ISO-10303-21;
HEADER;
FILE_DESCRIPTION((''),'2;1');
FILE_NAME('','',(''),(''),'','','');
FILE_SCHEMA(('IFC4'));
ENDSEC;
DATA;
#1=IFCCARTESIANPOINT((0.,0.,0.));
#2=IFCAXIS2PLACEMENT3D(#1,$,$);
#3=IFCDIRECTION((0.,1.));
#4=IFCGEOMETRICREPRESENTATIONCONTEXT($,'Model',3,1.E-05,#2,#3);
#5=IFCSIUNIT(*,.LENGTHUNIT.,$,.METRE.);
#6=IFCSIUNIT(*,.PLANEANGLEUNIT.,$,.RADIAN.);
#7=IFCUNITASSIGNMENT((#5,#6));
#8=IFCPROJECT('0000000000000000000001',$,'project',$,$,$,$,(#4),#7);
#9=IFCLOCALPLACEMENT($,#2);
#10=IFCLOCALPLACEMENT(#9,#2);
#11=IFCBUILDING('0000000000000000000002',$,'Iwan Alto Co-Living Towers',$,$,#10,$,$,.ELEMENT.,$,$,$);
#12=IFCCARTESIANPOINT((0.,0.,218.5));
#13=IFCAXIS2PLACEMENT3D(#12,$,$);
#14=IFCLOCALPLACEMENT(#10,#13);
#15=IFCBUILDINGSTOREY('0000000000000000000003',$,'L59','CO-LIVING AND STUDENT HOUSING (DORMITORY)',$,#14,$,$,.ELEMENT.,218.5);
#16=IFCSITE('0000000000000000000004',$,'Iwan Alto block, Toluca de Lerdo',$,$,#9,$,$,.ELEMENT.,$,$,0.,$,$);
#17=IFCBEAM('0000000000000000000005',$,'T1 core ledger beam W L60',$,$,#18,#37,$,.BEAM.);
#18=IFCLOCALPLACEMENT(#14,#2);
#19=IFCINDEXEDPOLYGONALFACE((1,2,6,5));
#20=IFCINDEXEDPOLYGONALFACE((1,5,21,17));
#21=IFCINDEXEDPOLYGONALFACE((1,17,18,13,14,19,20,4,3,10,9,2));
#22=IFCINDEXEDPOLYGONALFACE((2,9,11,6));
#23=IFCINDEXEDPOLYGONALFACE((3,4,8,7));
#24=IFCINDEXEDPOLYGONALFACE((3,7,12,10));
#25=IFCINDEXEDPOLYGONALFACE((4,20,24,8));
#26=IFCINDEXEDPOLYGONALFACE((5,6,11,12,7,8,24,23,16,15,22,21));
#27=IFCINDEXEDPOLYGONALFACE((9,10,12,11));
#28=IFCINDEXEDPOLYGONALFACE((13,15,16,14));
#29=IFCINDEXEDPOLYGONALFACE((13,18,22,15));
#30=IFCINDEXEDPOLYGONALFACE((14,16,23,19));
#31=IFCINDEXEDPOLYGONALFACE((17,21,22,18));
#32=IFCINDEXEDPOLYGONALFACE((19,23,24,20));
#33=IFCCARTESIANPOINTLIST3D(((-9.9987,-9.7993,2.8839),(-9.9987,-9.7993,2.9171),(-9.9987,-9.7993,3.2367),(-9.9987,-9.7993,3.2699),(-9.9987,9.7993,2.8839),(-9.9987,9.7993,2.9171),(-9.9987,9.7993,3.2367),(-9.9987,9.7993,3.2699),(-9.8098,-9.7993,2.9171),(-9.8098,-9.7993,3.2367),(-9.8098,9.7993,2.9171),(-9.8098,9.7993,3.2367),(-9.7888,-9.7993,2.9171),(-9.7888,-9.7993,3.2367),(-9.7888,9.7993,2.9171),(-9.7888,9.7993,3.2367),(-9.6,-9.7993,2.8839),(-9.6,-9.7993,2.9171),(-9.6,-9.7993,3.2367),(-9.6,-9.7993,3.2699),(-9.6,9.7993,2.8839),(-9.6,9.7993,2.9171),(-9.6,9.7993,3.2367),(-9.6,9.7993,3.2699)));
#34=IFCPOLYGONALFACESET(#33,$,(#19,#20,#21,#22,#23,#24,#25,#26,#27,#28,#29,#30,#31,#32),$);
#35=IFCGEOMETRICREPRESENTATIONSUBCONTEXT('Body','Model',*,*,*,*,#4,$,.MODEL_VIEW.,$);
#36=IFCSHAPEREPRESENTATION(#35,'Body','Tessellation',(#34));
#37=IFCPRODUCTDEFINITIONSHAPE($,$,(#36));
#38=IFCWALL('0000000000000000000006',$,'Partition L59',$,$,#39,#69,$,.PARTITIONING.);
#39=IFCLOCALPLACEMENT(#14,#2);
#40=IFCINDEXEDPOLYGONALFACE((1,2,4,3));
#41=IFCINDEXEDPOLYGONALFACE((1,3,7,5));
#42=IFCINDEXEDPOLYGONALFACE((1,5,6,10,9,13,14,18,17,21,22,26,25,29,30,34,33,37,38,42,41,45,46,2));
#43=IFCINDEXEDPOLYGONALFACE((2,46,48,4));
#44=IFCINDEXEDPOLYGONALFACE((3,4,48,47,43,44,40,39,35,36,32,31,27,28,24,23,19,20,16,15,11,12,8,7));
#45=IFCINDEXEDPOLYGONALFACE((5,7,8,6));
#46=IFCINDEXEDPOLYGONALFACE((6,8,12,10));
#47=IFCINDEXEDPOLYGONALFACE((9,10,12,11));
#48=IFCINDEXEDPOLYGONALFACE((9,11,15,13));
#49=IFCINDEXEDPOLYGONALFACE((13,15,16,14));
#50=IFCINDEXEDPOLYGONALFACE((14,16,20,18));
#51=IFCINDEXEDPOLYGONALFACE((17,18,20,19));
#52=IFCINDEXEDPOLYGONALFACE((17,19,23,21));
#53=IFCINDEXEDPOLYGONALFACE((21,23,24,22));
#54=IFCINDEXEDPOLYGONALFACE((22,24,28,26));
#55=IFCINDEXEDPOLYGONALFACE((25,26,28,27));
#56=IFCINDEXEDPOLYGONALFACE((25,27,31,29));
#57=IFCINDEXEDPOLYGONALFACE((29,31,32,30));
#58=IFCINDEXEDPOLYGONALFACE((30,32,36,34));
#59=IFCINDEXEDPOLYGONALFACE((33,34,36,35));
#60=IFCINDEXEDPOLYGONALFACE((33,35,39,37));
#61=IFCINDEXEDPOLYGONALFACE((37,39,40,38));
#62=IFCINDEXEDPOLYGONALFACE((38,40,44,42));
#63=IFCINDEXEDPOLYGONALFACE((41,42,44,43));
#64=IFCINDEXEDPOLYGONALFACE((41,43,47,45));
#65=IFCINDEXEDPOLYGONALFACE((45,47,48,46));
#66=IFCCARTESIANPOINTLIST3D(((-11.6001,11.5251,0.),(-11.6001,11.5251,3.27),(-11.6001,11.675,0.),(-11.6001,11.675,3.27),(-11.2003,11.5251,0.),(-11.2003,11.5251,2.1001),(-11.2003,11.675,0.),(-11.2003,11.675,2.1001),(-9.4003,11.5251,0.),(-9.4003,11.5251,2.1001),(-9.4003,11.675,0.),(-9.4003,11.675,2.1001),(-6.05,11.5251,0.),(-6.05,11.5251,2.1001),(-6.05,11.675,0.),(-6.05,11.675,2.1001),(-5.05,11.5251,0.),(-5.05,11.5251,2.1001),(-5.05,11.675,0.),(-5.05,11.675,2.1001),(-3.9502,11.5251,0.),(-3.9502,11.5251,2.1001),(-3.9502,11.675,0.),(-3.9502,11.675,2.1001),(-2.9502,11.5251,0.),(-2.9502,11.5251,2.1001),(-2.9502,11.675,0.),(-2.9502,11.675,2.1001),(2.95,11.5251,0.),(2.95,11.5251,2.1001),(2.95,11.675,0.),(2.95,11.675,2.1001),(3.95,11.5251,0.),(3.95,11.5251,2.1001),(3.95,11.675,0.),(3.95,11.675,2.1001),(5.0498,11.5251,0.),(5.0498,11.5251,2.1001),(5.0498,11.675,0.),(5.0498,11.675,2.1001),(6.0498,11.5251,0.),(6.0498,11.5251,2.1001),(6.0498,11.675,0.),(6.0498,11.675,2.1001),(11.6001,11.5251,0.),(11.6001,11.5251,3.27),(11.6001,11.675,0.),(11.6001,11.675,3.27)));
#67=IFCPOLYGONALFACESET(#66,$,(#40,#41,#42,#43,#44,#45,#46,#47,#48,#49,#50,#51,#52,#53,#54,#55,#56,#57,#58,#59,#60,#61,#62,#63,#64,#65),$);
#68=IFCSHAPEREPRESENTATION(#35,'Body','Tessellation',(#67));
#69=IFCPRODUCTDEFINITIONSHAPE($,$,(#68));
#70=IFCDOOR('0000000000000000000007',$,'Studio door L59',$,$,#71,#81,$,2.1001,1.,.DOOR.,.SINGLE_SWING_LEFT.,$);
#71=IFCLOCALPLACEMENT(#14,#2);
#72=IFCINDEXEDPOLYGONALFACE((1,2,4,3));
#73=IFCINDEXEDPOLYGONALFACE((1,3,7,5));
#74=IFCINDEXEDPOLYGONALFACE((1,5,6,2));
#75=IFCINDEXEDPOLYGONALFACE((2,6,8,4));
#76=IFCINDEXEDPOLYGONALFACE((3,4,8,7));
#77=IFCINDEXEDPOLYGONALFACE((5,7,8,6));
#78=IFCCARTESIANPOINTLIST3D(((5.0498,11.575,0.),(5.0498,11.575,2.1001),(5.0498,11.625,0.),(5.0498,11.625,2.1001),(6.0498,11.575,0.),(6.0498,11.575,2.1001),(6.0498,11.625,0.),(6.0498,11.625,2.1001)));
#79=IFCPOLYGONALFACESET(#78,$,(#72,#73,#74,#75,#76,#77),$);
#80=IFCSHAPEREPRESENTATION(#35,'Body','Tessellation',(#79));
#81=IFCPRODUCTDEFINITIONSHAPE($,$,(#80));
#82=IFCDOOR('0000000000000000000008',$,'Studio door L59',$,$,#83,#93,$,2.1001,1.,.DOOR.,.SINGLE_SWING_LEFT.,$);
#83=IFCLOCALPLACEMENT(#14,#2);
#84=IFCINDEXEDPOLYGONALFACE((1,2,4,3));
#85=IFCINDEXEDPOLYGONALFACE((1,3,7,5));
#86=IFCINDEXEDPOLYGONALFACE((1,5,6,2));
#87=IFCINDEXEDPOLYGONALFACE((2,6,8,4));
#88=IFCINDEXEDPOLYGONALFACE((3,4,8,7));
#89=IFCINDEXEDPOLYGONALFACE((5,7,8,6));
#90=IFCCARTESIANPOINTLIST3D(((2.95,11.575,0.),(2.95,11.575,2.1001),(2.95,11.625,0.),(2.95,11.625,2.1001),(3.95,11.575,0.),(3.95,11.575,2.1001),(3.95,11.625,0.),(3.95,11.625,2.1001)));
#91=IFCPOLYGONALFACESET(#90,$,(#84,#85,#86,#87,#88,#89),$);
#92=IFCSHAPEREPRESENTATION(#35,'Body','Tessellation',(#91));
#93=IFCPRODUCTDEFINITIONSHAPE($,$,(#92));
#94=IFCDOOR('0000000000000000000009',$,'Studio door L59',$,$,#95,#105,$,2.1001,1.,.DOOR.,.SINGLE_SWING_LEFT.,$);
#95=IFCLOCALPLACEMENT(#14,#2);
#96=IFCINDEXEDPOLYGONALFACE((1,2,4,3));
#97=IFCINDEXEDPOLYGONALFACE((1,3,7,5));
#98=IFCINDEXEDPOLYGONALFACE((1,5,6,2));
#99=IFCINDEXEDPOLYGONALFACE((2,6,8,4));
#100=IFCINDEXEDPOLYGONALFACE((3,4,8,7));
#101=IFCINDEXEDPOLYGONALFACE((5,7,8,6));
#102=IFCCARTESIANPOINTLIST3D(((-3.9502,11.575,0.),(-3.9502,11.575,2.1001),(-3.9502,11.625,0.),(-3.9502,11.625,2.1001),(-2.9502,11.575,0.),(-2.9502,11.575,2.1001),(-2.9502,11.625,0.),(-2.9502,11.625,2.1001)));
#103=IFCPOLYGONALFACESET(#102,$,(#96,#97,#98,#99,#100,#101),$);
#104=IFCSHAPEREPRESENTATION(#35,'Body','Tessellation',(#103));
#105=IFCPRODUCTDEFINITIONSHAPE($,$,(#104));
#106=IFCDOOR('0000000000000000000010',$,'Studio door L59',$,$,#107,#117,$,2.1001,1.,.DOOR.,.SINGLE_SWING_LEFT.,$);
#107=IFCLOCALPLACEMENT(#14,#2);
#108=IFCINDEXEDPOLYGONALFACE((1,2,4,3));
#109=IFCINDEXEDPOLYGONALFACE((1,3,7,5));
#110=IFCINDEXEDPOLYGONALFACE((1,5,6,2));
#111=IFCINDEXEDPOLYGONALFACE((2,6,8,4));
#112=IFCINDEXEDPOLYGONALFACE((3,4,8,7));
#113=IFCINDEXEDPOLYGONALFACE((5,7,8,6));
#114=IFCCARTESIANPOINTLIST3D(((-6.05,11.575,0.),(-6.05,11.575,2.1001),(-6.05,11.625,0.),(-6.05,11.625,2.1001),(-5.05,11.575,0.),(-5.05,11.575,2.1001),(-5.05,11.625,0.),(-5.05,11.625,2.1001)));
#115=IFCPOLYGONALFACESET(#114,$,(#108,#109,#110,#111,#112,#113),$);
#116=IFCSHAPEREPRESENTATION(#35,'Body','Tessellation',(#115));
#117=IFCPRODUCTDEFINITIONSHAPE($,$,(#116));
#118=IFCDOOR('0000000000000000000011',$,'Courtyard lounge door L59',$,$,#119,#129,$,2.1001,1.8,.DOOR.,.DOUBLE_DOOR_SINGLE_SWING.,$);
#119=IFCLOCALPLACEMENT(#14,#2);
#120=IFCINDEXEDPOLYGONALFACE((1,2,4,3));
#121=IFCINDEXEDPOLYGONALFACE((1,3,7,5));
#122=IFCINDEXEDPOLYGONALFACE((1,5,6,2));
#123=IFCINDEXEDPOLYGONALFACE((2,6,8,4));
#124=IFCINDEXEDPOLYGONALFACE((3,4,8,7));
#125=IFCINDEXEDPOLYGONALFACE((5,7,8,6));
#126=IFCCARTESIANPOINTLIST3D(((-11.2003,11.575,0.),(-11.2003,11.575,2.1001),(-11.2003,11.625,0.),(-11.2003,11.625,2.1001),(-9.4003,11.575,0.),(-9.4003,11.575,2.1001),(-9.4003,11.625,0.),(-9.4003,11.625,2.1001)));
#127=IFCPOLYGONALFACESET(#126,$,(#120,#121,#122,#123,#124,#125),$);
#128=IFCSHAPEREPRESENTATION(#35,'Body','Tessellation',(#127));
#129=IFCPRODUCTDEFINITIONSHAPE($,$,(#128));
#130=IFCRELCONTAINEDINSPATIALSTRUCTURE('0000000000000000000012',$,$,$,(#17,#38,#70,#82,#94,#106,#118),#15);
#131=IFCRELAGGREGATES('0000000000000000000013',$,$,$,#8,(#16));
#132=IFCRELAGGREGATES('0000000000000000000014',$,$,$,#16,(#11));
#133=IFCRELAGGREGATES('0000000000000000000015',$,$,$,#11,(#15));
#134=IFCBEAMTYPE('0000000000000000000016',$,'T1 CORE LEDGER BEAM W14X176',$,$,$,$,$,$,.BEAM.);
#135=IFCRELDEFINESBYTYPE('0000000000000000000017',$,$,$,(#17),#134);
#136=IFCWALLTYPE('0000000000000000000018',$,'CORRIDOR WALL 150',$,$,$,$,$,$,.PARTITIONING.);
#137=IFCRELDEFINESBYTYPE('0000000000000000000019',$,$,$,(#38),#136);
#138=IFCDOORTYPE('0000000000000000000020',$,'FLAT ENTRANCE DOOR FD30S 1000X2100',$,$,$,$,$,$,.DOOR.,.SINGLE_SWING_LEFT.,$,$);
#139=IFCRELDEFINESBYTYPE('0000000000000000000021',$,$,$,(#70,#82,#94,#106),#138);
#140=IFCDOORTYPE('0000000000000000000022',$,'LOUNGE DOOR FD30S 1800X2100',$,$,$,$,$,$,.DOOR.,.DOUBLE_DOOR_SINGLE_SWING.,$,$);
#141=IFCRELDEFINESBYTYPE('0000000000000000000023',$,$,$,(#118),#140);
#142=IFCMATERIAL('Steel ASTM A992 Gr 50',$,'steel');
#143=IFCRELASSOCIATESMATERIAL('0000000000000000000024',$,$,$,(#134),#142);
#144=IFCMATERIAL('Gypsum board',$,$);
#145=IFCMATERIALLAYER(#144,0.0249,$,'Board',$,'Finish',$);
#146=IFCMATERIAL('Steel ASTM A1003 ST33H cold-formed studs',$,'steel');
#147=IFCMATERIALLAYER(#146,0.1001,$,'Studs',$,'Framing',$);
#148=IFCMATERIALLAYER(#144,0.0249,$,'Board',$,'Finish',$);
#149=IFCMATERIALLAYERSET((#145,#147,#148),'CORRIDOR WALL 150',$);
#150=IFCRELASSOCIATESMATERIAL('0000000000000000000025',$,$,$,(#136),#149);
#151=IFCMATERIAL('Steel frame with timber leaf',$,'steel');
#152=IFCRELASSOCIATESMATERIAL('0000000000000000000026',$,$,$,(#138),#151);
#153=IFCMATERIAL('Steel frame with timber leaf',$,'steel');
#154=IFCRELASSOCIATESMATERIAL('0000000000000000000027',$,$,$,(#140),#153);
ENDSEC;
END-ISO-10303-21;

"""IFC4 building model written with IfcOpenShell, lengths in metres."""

from ifc_helpers import new_model, si_unit, direction, frame, frame_2d, origin, origin_2d, place, context, subcontext, project, spatial, rectangle, i_section, extrude, material, layer, layer_set, material_profile, profile_set, type_object, element, fill, save


model = new_model("IFC4")

# Units and contexts
model_context = context("Model", 3, precision=1e-05, world=origin(), true_north=direction((0.0, 1.0)))
body_context = subcontext(model_context, "Body", "Model", "MODEL_VIEW")
ifc_project = project(units=[si_unit("LENGTHUNIT", "METRE"), si_unit("PLANEANGLEUNIT", "RADIAN")], contexts=[model_context])

# Site, building, storey
site_placement = place(None, origin())
site = spatial("IfcSite", under=ifc_project, at=site_placement, Name="Iwan Alto block, Toluca de Lerdo", CompositionType="ELEMENT", RefElevation=0.0)
building_placement = place(site_placement, origin())
building = spatial("IfcBuilding", under=site, at=building_placement, Name="Iwan Alto Co-Living Towers", CompositionType="ELEMENT")
storey_placement = place(building_placement, frame((0.0, 0.0, 218.5)))
storey = spatial("IfcBuildingStorey", under=building, at=storey_placement, Name="L59", Description="CO-LIVING AND STUDENT HOUSING (DORMITORY)", CompositionType="ELEMENT", Elevation=218.5)

# Beam
ifc_material_1 = material(Name="Steel ASTM A992 Gr 50", Category="steel")
ifc_material_profile = material_profile(ifc_material_1, i_section(OverallWidth=0.3987, OverallDepth=0.386, WebThickness=0.021, FlangeThickness=0.0332, at=origin_2d()), Name="W14X176")
ifc_profile_set = profile_set([ifc_material_profile], Name="Steel ASTM A992 Gr 50")
beam_type = type_object("IfcBeamType", Name="T1 CORE LEDGER BEAM W14X176", PredefinedType="BEAM", material=ifc_profile_set)
beam_placement = place(storey_placement, frame((-9.7993, 9.7993, 3.0769), z_axis=(0.0, -1.0, 0.0), x_axis=(1.0, 0.0, 0.0)))
element("IfcBeam", 1, at=beam_placement, inside=storey, type_object=beam_type, Name="T1 core ledger beam W L60", PredefinedType="BEAM", context=body_context, shape_type="SweptSolid", body=[
    extrude(i_section(OverallWidth=0.3987, OverallDepth=0.386, WebThickness=0.021, FlangeThickness=0.0332, at=origin_2d()), origin(), (0.0, 0.0, 1.0), 19.5986),
])

# Wall, openings, doors
ifc_material_2 = material(Name="Gypsum board")
ifc_layer_1 = layer(ifc_material_2, 0.0249, Name="Board", Category="Finish")
ifc_material_3 = material(Name="Steel ASTM A1003 ST33H cold-formed studs", Category="steel")
ifc_layer_2 = layer(ifc_material_3, 0.1001, Name="Studs", Category="Framing")
ifc_layer_3 = layer(ifc_material_2, 0.0249, Name="Board", Category="Finish")
ifc_layer_set_1 = layer_set([ifc_layer_1, ifc_layer_2, ifc_layer_3], Name="CORRIDOR WALL 150")
wall_type_1 = type_object("IfcWallType", Name="CORRIDOR WALL 150", PredefinedType="PARTITIONING", material=ifc_layer_set_1)
wall_1_placement = place(storey_placement, frame((-11.6001, 11.6001, 0.0), z_axis=(0.0, 0.0, 1.0), x_axis=(1.0, 0.0, 0.0)))
wall_1 = element("IfcWall", 2, at=wall_1_placement, inside=storey, type_object=wall_type_1, Name="Partition L59", PredefinedType="PARTITIONING", context=body_context, shape_type="SweptSolid", body=[
    extrude(rectangle(XDim=23.2002, YDim=0.1499, at=frame_2d((11.6001, 0.0))), origin(), (0.0, 0.0, 1.0), 3.27),
])
opening_1_placement = place(wall_1_placement, frame((16.6499, 0.0, 0.0)))
opening_1 = element("IfcOpeningElement", 3, at=opening_1_placement, cuts=wall_1, PredefinedType="OPENING", context=body_context, shape_type="SweptSolid", body=[
    extrude(rectangle(XDim=1.0, YDim=2.1001, at=frame_2d((0.5, 1.05))), frame((0.0, 0.085, 0.0), z_axis=(0.0, -1.0, 0.0), x_axis=(1.0, 0.0, 0.0)), (0.0, 0.0, 1.0), 0.1699),
])
opening_2_placement = place(wall_1_placement, frame((14.55, 0.0, 0.0)))
opening_2 = element("IfcOpeningElement", 4, at=opening_2_placement, cuts=wall_1, PredefinedType="OPENING", context=body_context, shape_type="SweptSolid", body=[
    extrude(rectangle(XDim=1.0, YDim=2.1001, at=frame_2d((0.5, 1.05))), frame((0.0, 0.085, 0.0), z_axis=(0.0, -1.0, 0.0), x_axis=(1.0, 0.0, 0.0)), (0.0, 0.0, 1.0), 0.1699),
])
opening_3_placement = place(wall_1_placement, frame((7.6499, 0.0, 0.0)))
opening_3 = element("IfcOpeningElement", 5, at=opening_3_placement, cuts=wall_1, PredefinedType="OPENING", context=body_context, shape_type="SweptSolid", body=[
    extrude(rectangle(XDim=1.0, YDim=2.1001, at=frame_2d((0.5, 1.05))), frame((0.0, 0.085, 0.0), z_axis=(0.0, -1.0, 0.0), x_axis=(1.0, 0.0, 0.0)), (0.0, 0.0, 1.0), 0.1699),
])
opening_4_placement = place(wall_1_placement, frame((5.55, 0.0, 0.0)))
opening_4 = element("IfcOpeningElement", 6, at=opening_4_placement, cuts=wall_1, PredefinedType="OPENING", context=body_context, shape_type="SweptSolid", body=[
    extrude(rectangle(XDim=1.0, YDim=2.1001, at=frame_2d((0.5, 1.05))), frame((0.0, 0.085, 0.0), z_axis=(0.0, -1.0, 0.0), x_axis=(1.0, 0.0, 0.0)), (0.0, 0.0, 1.0), 0.1699),
])
opening_5_placement = place(wall_1_placement, frame((0.3999, 0.0, 0.0)))
opening_5 = element("IfcOpeningElement", 7, at=opening_5_placement, cuts=wall_1, PredefinedType="OPENING", context=body_context, shape_type="SweptSolid", body=[
    extrude(rectangle(XDim=1.8, YDim=2.1001, at=frame_2d((0.8999, 1.05))), frame((0.0, 0.085, 0.0), z_axis=(0.0, -1.0, 0.0), x_axis=(1.0, 0.0, 0.0)), (0.0, 0.0, 1.0), 0.1699),
])
ifc_material_4 = material(Name="Steel frame with timber leaf", Category="steel")
door_type_1 = type_object("IfcDoorType", Name="FLAT ENTRANCE DOOR FD30S 1000X2100", OperationType="SINGLE_SWING_LEFT", PredefinedType="DOOR", material=ifc_material_4)
door_1_placement = place(opening_1_placement, origin())
door_1 = element("IfcDoor", 8, at=door_1_placement, inside=storey, type_object=door_type_1, Name="Studio door L59", OperationType="SINGLE_SWING_LEFT", OverallHeight=2.1001, OverallWidth=1.0, PredefinedType="DOOR", context=body_context, shape_type="SweptSolid", body=[
    extrude(rectangle(XDim=1.0, YDim=2.1001, at=frame_2d((0.5, 1.05))), frame((0.0, 0.0249, 0.0), z_axis=(0.0, -1.0, 0.0), x_axis=(1.0, 0.0, 0.0)), (0.0, 0.0, 1.0), 0.05),
])
fill(opening_1, door_1)
door_2_placement = place(opening_2_placement, origin())
door_2 = element("IfcDoor", 9, at=door_2_placement, inside=storey, type_object=door_type_1, Name="Studio door L59", OperationType="SINGLE_SWING_LEFT", OverallHeight=2.1001, OverallWidth=1.0, PredefinedType="DOOR", context=body_context, shape_type="SweptSolid", body=[
    extrude(rectangle(XDim=1.0, YDim=2.1001, at=frame_2d((0.5, 1.05))), frame((0.0, 0.0249, 0.0), z_axis=(0.0, -1.0, 0.0), x_axis=(1.0, 0.0, 0.0)), (0.0, 0.0, 1.0), 0.05),
])
fill(opening_2, door_2)
door_3_placement = place(opening_3_placement, origin())
door_3 = element("IfcDoor", 10, at=door_3_placement, inside=storey, type_object=door_type_1, Name="Studio door L59", OperationType="SINGLE_SWING_LEFT", OverallHeight=2.1001, OverallWidth=1.0, PredefinedType="DOOR", context=body_context, shape_type="SweptSolid", body=[
    extrude(rectangle(XDim=1.0, YDim=2.1001, at=frame_2d((0.5, 1.05))), frame((0.0, 0.0249, 0.0), z_axis=(0.0, -1.0, 0.0), x_axis=(1.0, 0.0, 0.0)), (0.0, 0.0, 1.0), 0.05),
])
fill(opening_3, door_3)
door_4_placement = place(opening_4_placement, origin())
door_4 = element("IfcDoor", 11, at=door_4_placement, inside=storey, type_object=door_type_1, Name="Studio door L59", OperationType="SINGLE_SWING_LEFT", OverallHeight=2.1001, OverallWidth=1.0, PredefinedType="DOOR", context=body_context, shape_type="SweptSolid", body=[
    extrude(rectangle(XDim=1.0, YDim=2.1001, at=frame_2d((0.5, 1.05))), frame((0.0, 0.0249, 0.0), z_axis=(0.0, -1.0, 0.0), x_axis=(1.0, 0.0, 0.0)), (0.0, 0.0, 1.0), 0.05),
])
fill(opening_4, door_4)
ifc_material_5 = material(Name="Steel frame with timber leaf", Category="steel")
door_type_2 = type_object("IfcDoorType", Name="LOUNGE DOOR FD30S 1800X2100", OperationType="DOUBLE_DOOR_SINGLE_SWING", PredefinedType="DOOR", material=ifc_material_5)
door_5_placement = place(opening_5_placement, origin())
door_5 = element("IfcDoor", 12, at=door_5_placement, inside=storey, type_object=door_type_2, Name="Courtyard lounge door L59", OperationType="DOUBLE_DOOR_SINGLE_SWING", OverallHeight=2.1001, OverallWidth=1.8, PredefinedType="DOOR", context=body_context, shape_type="SweptSolid", body=[
    extrude(rectangle(XDim=1.8, YDim=2.1001, at=frame_2d((0.8999, 1.05))), frame((0.0, 0.0249, 0.0), z_axis=(0.0, -1.0, 0.0), x_axis=(1.0, 0.0, 0.0)), (0.0, 0.0, 1.0), 0.05),
])
fill(opening_5, door_5)

save(model, "model.ifc")
